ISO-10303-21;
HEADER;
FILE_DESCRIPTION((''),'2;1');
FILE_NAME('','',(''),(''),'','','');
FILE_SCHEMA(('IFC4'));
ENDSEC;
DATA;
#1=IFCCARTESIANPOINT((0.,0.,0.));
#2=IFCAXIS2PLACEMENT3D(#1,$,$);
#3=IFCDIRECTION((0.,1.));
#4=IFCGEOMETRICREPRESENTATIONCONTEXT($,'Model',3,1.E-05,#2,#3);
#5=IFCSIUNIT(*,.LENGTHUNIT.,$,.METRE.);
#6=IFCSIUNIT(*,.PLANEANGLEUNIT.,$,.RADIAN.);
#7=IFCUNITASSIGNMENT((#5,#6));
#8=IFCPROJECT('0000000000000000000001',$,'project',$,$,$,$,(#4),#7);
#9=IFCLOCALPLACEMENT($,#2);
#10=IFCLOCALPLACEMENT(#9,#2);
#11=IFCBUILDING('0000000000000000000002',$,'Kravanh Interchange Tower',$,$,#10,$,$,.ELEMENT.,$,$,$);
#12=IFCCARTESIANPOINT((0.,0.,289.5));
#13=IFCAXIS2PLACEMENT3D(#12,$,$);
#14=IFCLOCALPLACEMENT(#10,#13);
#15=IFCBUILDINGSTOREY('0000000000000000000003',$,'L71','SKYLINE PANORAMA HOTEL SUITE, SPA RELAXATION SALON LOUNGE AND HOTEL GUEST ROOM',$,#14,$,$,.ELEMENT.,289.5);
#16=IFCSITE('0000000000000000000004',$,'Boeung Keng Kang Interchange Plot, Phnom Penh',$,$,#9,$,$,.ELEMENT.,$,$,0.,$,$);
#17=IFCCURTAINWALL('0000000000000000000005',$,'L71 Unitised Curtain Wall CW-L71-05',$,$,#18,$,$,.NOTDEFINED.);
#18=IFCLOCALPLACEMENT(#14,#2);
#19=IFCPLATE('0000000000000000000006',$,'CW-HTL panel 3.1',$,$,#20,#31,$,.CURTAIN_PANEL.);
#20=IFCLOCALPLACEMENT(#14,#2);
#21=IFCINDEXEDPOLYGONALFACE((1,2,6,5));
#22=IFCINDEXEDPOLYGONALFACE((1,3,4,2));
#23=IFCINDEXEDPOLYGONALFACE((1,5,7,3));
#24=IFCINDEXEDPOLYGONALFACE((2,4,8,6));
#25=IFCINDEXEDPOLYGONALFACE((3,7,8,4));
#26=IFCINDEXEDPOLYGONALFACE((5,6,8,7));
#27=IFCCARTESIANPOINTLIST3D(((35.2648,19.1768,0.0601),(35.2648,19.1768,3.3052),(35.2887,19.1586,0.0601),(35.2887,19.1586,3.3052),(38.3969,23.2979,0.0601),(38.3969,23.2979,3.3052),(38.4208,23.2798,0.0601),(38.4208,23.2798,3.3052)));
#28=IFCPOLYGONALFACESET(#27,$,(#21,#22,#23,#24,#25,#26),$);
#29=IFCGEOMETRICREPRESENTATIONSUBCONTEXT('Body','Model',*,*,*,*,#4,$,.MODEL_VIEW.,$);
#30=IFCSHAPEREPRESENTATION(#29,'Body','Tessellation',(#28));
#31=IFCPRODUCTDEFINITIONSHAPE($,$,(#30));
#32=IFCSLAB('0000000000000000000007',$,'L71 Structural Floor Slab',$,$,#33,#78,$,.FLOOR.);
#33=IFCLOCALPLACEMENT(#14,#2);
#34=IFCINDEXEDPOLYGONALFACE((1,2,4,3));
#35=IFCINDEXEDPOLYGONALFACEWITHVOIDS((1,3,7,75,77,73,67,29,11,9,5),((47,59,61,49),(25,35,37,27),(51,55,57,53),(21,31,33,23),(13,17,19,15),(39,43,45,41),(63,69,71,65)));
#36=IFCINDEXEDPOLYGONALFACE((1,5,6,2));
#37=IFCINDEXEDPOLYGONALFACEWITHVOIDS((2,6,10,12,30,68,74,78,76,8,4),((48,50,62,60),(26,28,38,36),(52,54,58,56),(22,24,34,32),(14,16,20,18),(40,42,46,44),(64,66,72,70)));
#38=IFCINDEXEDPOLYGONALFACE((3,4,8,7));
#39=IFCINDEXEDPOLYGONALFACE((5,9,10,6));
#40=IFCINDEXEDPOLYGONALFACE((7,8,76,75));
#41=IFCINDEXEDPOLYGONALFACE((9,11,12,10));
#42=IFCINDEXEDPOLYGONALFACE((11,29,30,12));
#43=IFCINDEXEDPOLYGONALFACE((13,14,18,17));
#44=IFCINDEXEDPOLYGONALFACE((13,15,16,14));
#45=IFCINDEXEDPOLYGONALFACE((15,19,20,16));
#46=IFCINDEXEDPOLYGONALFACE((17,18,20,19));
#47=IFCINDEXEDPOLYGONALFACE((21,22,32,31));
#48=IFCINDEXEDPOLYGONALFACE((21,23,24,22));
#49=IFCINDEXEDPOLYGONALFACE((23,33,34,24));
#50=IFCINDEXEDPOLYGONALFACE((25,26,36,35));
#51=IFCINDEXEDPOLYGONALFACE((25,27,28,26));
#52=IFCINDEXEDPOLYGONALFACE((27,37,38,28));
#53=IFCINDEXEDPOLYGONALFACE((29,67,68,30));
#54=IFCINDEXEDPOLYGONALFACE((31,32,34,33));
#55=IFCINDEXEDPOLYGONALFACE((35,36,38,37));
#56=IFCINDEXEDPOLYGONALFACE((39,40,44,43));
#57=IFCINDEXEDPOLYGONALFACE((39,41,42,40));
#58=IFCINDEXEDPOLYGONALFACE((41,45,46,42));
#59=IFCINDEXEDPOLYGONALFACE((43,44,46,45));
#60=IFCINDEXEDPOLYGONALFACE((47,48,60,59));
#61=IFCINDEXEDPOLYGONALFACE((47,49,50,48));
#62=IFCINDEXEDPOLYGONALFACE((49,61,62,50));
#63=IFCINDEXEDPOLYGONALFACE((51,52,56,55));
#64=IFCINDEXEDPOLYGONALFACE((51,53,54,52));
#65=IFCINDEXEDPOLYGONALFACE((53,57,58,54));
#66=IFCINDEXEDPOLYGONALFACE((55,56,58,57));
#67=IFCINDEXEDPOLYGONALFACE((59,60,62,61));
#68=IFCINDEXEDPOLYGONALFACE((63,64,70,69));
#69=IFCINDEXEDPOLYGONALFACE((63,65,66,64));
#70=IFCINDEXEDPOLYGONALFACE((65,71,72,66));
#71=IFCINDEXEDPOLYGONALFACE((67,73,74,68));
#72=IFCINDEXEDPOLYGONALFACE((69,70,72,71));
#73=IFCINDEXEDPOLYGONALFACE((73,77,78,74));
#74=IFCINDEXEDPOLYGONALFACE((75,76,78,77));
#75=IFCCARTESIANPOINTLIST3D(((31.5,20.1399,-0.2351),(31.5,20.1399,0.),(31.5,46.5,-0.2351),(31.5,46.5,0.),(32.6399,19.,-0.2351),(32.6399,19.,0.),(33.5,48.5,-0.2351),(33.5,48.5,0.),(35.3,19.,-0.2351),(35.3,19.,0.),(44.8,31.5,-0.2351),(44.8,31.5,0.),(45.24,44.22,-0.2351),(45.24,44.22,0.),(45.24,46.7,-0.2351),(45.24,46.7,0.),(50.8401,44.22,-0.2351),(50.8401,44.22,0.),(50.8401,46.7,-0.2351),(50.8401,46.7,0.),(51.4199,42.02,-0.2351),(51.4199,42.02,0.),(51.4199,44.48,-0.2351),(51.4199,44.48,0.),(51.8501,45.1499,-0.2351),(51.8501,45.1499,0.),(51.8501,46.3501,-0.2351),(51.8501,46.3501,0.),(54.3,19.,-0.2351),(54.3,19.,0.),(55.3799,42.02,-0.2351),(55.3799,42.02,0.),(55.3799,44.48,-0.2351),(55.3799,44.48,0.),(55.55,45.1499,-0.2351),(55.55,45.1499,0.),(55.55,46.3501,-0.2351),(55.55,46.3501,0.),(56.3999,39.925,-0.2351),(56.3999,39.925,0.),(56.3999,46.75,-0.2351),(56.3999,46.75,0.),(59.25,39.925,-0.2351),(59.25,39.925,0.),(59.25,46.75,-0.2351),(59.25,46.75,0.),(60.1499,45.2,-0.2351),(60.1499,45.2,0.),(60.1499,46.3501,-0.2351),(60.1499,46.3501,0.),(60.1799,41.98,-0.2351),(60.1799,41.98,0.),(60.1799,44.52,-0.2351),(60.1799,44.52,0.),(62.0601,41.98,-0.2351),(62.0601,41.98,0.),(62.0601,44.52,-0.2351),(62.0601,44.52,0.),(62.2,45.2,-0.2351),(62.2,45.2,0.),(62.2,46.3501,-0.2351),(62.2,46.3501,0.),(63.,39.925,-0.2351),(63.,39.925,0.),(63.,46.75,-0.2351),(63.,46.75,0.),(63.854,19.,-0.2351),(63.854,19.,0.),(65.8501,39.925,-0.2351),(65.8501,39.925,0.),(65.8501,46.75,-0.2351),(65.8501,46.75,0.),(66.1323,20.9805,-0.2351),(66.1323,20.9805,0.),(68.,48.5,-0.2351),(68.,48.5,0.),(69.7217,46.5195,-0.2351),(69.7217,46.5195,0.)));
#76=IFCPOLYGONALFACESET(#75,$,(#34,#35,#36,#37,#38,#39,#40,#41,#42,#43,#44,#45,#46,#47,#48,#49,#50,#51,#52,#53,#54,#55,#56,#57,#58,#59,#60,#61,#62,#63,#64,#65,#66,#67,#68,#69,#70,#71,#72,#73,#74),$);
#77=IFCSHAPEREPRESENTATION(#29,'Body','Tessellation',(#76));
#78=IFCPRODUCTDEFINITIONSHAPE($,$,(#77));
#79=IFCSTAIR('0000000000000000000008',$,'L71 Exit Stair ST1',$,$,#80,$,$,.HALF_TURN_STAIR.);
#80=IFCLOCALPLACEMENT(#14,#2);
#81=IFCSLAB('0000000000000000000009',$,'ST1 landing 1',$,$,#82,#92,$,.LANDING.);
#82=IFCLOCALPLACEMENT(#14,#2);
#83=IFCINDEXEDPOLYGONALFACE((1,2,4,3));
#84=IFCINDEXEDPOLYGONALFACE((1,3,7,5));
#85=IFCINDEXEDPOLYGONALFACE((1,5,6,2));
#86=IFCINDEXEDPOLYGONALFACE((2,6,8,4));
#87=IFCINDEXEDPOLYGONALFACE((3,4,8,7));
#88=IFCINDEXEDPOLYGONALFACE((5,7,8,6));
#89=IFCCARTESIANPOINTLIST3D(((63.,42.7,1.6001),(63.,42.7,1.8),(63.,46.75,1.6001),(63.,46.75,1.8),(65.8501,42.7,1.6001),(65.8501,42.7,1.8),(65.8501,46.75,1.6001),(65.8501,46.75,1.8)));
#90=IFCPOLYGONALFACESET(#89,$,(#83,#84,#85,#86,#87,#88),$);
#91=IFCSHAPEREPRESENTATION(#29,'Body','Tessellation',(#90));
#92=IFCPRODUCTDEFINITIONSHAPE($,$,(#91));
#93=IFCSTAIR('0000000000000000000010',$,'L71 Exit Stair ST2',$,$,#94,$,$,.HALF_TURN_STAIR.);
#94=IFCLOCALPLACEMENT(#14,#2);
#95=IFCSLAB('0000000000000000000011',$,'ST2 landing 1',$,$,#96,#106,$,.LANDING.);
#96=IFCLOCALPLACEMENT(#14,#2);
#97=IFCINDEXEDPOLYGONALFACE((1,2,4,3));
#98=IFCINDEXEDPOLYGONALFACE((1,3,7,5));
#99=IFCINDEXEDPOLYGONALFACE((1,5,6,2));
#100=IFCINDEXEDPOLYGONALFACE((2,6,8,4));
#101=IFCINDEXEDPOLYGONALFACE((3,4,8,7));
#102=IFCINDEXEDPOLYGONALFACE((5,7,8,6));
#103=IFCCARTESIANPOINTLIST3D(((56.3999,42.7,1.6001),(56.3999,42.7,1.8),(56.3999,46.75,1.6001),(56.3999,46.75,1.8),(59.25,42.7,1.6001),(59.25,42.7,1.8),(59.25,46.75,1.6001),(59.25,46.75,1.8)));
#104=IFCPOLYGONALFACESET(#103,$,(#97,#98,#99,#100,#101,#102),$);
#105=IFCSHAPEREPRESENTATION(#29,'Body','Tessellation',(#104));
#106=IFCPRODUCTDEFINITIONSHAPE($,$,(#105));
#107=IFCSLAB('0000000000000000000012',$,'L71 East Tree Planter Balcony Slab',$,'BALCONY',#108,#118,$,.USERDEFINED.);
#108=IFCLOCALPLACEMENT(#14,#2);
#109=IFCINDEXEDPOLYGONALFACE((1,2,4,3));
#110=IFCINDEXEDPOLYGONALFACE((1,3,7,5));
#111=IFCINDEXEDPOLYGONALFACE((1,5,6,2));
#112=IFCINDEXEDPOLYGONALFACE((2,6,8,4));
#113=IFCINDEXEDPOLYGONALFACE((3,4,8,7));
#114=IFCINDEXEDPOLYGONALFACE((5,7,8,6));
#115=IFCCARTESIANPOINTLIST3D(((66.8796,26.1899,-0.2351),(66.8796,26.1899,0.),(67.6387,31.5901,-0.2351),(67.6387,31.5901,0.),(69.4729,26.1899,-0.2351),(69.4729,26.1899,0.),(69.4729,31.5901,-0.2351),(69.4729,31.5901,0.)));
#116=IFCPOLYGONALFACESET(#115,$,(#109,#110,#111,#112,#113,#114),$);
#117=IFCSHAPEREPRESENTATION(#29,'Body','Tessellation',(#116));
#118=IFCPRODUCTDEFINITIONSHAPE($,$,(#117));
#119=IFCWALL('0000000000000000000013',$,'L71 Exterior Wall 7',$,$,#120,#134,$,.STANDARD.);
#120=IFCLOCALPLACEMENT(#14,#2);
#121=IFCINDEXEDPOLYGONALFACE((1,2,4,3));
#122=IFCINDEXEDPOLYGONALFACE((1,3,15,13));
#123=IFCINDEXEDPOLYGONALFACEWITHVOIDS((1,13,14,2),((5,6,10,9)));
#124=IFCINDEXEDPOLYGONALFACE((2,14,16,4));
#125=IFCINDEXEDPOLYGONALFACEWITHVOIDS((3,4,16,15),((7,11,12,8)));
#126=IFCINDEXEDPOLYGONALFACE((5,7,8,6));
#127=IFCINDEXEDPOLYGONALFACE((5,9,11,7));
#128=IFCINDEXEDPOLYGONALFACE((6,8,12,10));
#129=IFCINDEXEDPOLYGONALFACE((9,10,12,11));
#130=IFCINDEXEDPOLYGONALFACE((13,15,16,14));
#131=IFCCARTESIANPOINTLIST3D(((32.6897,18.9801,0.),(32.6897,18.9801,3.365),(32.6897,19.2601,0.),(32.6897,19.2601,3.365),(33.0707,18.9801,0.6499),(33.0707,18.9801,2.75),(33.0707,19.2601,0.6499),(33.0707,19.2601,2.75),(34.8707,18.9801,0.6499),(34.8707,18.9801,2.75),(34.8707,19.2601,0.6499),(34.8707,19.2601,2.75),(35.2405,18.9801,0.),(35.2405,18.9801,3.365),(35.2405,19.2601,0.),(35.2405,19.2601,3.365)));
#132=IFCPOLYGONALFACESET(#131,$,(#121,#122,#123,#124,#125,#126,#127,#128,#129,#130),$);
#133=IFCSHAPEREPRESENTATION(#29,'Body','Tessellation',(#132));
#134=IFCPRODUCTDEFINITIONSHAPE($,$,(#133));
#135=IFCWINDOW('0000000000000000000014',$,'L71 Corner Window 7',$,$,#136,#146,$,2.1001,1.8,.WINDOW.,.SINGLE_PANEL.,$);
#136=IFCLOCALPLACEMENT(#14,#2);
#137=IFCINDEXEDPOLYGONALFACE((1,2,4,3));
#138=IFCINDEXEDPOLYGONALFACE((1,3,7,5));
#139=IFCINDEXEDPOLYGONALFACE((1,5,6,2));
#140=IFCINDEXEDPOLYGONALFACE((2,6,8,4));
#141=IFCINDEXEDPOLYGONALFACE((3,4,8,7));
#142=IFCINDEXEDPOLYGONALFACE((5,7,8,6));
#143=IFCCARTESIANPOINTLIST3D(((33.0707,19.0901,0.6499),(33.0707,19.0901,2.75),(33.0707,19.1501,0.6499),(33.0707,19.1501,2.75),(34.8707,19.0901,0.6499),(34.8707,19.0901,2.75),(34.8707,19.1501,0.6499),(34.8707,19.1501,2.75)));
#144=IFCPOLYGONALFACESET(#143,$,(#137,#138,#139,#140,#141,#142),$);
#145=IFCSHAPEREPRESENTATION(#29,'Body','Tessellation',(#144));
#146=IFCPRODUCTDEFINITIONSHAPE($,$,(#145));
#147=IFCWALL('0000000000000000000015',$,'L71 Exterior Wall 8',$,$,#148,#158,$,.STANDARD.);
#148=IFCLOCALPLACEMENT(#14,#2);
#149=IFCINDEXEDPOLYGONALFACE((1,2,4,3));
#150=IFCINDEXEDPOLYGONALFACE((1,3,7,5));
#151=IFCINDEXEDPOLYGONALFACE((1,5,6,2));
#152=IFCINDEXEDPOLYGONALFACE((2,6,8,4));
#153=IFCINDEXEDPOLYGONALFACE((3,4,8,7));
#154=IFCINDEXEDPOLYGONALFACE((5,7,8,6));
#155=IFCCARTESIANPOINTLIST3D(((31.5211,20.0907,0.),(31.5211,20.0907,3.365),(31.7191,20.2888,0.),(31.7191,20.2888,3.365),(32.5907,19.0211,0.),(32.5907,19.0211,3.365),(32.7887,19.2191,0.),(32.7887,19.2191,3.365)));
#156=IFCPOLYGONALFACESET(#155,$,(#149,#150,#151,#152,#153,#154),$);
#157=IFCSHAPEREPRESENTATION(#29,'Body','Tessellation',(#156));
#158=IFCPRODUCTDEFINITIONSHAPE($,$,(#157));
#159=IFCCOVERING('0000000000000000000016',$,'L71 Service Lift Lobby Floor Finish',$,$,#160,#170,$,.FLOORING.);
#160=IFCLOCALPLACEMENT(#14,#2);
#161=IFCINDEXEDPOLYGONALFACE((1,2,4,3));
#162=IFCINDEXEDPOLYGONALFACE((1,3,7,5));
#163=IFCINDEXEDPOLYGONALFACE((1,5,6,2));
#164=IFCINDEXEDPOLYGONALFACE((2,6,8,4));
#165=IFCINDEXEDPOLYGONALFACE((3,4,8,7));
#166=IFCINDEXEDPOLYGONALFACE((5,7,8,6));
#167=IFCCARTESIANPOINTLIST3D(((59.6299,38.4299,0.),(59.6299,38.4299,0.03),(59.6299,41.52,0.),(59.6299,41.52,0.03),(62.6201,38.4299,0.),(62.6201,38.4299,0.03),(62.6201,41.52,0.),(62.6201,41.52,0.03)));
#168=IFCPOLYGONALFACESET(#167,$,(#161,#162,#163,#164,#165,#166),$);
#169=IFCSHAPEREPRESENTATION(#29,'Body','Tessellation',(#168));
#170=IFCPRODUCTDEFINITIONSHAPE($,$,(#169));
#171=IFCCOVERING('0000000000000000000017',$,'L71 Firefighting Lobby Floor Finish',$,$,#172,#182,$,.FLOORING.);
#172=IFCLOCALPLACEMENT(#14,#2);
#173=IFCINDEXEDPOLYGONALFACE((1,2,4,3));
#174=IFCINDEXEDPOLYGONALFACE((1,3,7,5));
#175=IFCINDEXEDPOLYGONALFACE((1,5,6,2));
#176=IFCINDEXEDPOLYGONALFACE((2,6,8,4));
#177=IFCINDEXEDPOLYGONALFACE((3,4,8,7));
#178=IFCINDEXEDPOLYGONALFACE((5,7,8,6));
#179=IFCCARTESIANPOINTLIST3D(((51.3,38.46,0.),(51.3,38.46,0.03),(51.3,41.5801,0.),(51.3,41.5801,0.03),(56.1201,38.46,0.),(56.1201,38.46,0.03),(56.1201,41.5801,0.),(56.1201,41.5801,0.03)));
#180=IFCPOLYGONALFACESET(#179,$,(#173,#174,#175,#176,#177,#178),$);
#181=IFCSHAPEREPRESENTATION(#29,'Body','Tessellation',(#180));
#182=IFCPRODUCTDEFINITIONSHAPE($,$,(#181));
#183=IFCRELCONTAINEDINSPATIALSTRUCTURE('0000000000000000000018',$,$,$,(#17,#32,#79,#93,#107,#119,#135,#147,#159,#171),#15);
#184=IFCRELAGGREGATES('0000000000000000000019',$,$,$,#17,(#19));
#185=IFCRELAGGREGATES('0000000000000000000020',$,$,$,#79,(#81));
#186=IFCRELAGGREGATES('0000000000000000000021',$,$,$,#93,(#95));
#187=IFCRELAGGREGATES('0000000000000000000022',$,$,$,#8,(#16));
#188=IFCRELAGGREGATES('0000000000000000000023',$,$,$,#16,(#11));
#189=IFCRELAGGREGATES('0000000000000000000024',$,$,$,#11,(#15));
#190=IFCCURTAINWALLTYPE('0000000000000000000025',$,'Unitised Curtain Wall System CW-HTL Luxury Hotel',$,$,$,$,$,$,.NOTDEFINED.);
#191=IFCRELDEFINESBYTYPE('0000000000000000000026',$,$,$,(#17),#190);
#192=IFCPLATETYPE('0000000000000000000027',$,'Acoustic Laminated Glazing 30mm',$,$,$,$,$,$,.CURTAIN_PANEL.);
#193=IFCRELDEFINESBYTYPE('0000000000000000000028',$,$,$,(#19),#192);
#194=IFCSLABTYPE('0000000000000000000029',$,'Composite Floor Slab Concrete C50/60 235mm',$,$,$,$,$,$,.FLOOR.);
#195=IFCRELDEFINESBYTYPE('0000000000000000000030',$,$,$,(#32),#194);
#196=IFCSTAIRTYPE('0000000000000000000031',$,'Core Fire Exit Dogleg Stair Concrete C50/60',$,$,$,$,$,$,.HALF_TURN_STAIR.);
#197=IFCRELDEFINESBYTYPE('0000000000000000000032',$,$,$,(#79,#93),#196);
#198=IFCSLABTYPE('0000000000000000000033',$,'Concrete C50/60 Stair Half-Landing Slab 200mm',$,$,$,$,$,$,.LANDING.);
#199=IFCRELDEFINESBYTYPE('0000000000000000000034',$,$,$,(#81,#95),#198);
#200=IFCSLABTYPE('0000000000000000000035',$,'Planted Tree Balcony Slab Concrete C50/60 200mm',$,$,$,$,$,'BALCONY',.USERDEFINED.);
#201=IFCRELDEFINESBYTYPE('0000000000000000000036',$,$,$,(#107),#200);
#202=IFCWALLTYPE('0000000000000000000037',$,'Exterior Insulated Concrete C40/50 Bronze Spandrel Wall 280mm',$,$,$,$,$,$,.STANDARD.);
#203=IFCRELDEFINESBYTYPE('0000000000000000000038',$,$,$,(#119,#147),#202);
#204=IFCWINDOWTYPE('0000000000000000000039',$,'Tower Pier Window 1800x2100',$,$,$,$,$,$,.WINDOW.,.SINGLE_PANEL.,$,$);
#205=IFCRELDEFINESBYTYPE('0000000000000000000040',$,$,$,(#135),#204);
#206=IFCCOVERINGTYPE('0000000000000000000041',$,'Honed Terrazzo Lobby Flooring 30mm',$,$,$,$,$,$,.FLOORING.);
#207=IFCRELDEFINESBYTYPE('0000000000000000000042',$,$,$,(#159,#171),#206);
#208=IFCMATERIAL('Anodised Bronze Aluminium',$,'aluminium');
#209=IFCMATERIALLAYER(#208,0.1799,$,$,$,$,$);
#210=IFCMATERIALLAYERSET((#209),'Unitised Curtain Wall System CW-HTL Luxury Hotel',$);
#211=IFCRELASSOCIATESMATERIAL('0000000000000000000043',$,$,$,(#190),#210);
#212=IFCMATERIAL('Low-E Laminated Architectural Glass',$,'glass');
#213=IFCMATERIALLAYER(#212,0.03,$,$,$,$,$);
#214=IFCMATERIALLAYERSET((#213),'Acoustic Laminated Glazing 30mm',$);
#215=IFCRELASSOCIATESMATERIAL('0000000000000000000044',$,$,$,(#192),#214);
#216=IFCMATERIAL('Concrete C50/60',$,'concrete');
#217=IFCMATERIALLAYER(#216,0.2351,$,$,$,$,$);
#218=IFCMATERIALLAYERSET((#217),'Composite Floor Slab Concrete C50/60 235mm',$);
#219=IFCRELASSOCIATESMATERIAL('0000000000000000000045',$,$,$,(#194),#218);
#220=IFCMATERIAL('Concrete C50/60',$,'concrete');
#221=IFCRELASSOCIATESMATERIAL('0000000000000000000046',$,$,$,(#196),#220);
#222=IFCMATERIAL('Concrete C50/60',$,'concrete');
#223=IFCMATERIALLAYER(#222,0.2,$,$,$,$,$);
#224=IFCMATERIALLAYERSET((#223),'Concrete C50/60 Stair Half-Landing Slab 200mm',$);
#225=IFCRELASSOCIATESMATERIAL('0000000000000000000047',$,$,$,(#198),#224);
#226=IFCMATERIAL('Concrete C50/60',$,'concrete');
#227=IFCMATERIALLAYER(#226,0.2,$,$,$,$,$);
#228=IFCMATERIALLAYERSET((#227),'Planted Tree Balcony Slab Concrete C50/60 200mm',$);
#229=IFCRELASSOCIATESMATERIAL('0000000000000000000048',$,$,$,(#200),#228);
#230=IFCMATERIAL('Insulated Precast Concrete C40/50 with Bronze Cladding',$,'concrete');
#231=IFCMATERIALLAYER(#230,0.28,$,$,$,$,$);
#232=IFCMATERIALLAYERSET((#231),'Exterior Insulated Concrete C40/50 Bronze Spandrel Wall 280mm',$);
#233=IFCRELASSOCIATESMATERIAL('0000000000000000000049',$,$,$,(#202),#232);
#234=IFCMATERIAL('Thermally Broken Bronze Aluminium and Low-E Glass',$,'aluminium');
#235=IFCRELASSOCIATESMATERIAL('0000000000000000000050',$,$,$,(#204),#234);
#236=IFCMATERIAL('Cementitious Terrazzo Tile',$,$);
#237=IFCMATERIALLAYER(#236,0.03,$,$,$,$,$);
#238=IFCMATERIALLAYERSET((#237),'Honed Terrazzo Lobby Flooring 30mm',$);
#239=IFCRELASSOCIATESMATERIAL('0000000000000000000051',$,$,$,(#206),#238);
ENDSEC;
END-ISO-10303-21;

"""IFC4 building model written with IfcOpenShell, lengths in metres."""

from ifc_helpers import new_model, si_unit, direction, frame, frame_2d, origin, origin_2d, place, context, subcontext, project, spatial, polyline, rectangle, outline, extrude, material, layer, layer_set, type_object, element, fill, aggregate, save


model = new_model("IFC4")

# Units and contexts
model_context = context("Model", 3, precision=1e-05, world=origin(), true_north=direction((0.0, 1.0)))
body_context = subcontext(model_context, "Body", "Model", "MODEL_VIEW")
ifc_project = project(units=[si_unit("LENGTHUNIT", "METRE"), si_unit("PLANEANGLEUNIT", "RADIAN")], contexts=[model_context])

# Site, building, storey
site_placement = place(None, origin())
site = spatial("IfcSite", under=ifc_project, at=site_placement, Name="Boeung Keng Kang Interchange Plot, Phnom Penh", CompositionType="ELEMENT", RefElevation=0.0)
building_placement = place(site_placement, origin())
building = spatial("IfcBuilding", under=site, at=building_placement, Name="Kravanh Interchange Tower", CompositionType="ELEMENT")
storey_placement = place(building_placement, frame((0.0, 0.0, 289.5)))
storey = spatial("IfcBuildingStorey", under=building, at=storey_placement, Name="L71", Description="SKYLINE PANORAMA HOTEL SUITE, SPA RELAXATION SALON LOUNGE AND HOTEL GUEST ROOM", CompositionType="ELEMENT", Elevation=289.5)

# Curtain wall
ifc_material_1 = material(Name="Anodised Bronze Aluminium", Category="aluminium")
ifc_layer_1 = layer(ifc_material_1, 0.1799)
ifc_layer_set_1 = layer_set([ifc_layer_1], Name="Unitised Curtain Wall System CW-HTL Luxury Hotel")
curtain_wall_type = type_object("IfcCurtainWallType", Name="Unitised Curtain Wall System CW-HTL Luxury Hotel", PredefinedType="NOTDEFINED", material=ifc_layer_set_1)
curtain_wall_1_placement = place(storey_placement, origin())
curtain_wall_1 = element("IfcCurtainWall", 1, at=curtain_wall_1_placement, inside=storey, type_object=curtain_wall_type, Name="L71 Unitised Curtain Wall CW-L71-05", PredefinedType="NOTDEFINED")

# Plate
ifc_material_2 = material(Name="Low-E Laminated Architectural Glass", Category="glass")
ifc_layer_2 = layer(ifc_material_2, 0.03)
ifc_layer_set_2 = layer_set([ifc_layer_2], Name="Acoustic Laminated Glazing 30mm")
plate_type = type_object("IfcPlateType", Name="Acoustic Laminated Glazing 30mm", PredefinedType="CURTAIN_PANEL", material=ifc_layer_set_2)
plate_1_placement = place(storey_placement, frame((36.8428, 21.2283, 0.0601), z_axis=(0.0, 0.0, 1.0), x_axis=(-0.605083, -0.796162, 0.0)))
plate_1 = element("IfcPlate", 2, at=plate_1_placement, type_object=plate_type, Name="CW-HTL panel 3.1", PredefinedType="CURTAIN_PANEL", context=body_context, shape_type="SweptSolid", body=[
    extrude(rectangle(XDim=5.1763, YDim=0.03, at=origin_2d()), origin(), (0.0, 0.0, 1.0), 3.2451),
])
aggregate(curtain_wall_1, [plate_1])

# Slab
ifc_material_3 = material(Name="Concrete C50/60", Category="concrete")
ifc_layer_3 = layer(ifc_material_3, 0.2351)
ifc_layer_set_3 = layer_set([ifc_layer_3], Name="Composite Floor Slab Concrete C50/60 235mm")
slab_type_1 = type_object("IfcSlabType", Name="Composite Floor Slab Concrete C50/60 235mm", PredefinedType="FLOOR", material=ifc_layer_set_3)
slab_1_placement = place(storey_placement, frame((0.0, 0.0, -0.2351)))
element("IfcSlab", 3, at=slab_1_placement, inside=storey, type_object=slab_type_1, Name="L71 Structural Floor Slab", PredefinedType="FLOOR", context=body_context, shape_type="SweptSolid", body=[
    extrude(outline(polyline([(31.5, 20.1399), (32.6399, 19.0), (35.3, 19.0), (44.8, 31.5), (54.3, 19.0), (63.854, 19.0), (66.1323, 20.9805), (69.7217, 46.5195), (68.0, 48.5), (33.5, 48.5), (31.5, 46.5), (31.5, 20.1399)]), holes=[polyline([(65.8501, 39.925), (65.8501, 46.75), (63.0, 46.75), (63.0, 39.925), (65.8501, 39.925)]), polyline([(59.25, 39.925), (59.25, 46.75), (56.3999, 46.75), (56.3999, 39.925), (59.25, 39.925)]), polyline([(45.24, 44.22), (50.8401, 44.22), (50.8401, 46.7), (45.24, 46.7), (45.24, 44.22)]), polyline([(51.4199, 42.02), (55.3799, 42.02), (55.3799, 44.48), (51.4199, 44.48), (51.4199, 42.02)]), polyline([(60.1799, 41.98), (62.0601, 41.98), (62.0601, 44.52), (60.1799, 44.52), (60.1799, 41.98)]), polyline([(60.1499, 45.2), (62.2, 45.2), (62.2, 46.3501), (60.1499, 46.3501), (60.1499, 45.2)]), polyline([(51.8501, 45.1499), (55.55, 45.1499), (55.55, 46.3501), (51.8501, 46.3501), (51.8501, 45.1499)])]), origin(), (0.0, 0.0, 1.0), 0.2351),
])

# Stairs, slabs
ifc_material_4 = material(Name="Concrete C50/60", Category="concrete")
stair_type = type_object("IfcStairType", Name="Core Fire Exit Dogleg Stair Concrete C50/60", PredefinedType="HALF_TURN_STAIR", material=ifc_material_4)
stair_1_placement = place(storey_placement, origin())
stair_1 = element("IfcStair", 4, at=stair_1_placement, inside=storey, type_object=stair_type, Name="L71 Exit Stair ST1", PredefinedType="HALF_TURN_STAIR")
ifc_material_5 = material(Name="Concrete C50/60", Category="concrete")
ifc_layer_4 = layer(ifc_material_5, 0.2)
ifc_layer_set_4 = layer_set([ifc_layer_4], Name="Concrete C50/60 Stair Half-Landing Slab 200mm")
slab_type_2 = type_object("IfcSlabType", Name="Concrete C50/60 Stair Half-Landing Slab 200mm", PredefinedType="LANDING", material=ifc_layer_set_4)
slab_2_placement = place(storey_placement, frame((0.0, 0.0, 1.6001)))
slab_2 = element("IfcSlab", 5, at=slab_2_placement, type_object=slab_type_2, Name="ST1 landing 1", PredefinedType="LANDING", context=body_context, shape_type="SweptSolid", body=[
    extrude(outline(polyline([(65.8501, 42.7), (65.8501, 46.75), (63.0, 46.75), (63.0, 42.7), (65.8501, 42.7)])), origin(), (0.0, 0.0, 1.0), 0.2),
])
aggregate(stair_1, [slab_2])
stair_2_placement = place(storey_placement, origin())
stair_2 = element("IfcStair", 6, at=stair_2_placement, inside=storey, type_object=stair_type, Name="L71 Exit Stair ST2", PredefinedType="HALF_TURN_STAIR")
slab_3_placement = place(storey_placement, frame((0.0, 0.0, 1.6001)))
slab_3 = element("IfcSlab", 7, at=slab_3_placement, type_object=slab_type_2, Name="ST2 landing 1", PredefinedType="LANDING", context=body_context, shape_type="SweptSolid", body=[
    extrude(outline(polyline([(59.25, 42.7), (59.25, 46.75), (56.3999, 46.75), (56.3999, 42.7), (59.25, 42.7)])), origin(), (0.0, 0.0, 1.0), 0.2),
])
aggregate(stair_2, [slab_3])

# Slab
ifc_material_6 = material(Name="Concrete C50/60", Category="concrete")
ifc_layer_5 = layer(ifc_material_6, 0.2)
ifc_layer_set_5 = layer_set([ifc_layer_5], Name="Planted Tree Balcony Slab Concrete C50/60 200mm")
slab_type_3 = type_object("IfcSlabType", Name="Planted Tree Balcony Slab Concrete C50/60 200mm", ElementType="BALCONY", PredefinedType="USERDEFINED", material=ifc_layer_set_5)
slab_4_placement = place(storey_placement, frame((0.0, 0.0, -0.2351)))
element("IfcSlab", 8, at=slab_4_placement, inside=storey, type_object=slab_type_3, Name="L71 East Tree Planter Balcony Slab", ObjectType="BALCONY", PredefinedType="USERDEFINED", context=body_context, shape_type="SweptSolid", body=[
    extrude(outline(polyline([(69.4729, 31.5901), (69.4729, 26.1899), (66.8796, 26.1899), (67.6387, 31.5901), (69.4729, 31.5901)])), origin(), (0.0, 0.0, 1.0), 0.2351),
])

# Wall, opening, window
ifc_material_7 = material(Name="Insulated Precast Concrete C40/50 with Bronze Cladding", Category="concrete")
ifc_layer_6 = layer(ifc_material_7, 0.28)
ifc_layer_set_6 = layer_set([ifc_layer_6], Name="Exterior Insulated Concrete C40/50 Bronze Spandrel Wall 280mm")
wall_type = type_object("IfcWallType", Name="Exterior Insulated Concrete C40/50 Bronze Spandrel Wall 280mm", PredefinedType="STANDARD", material=ifc_layer_set_6)
wall_1_placement = place(storey_placement, frame((35.2405, 19.1201, 0.0), z_axis=(0.0, 0.0, 1.0), x_axis=(-1.0, 0.0, 0.0)))
wall_1 = element("IfcWall", 9, at=wall_1_placement, inside=storey, type_object=wall_type, Name="L71 Exterior Wall 7", PredefinedType="STANDARD", context=body_context, shape_type="SweptSolid", body=[
    extrude(rectangle(XDim=2.5508, YDim=0.28, at=frame_2d((1.2754, 0.0))), origin(), (0.0, 0.0, 1.0), 3.365),
])
opening_placement = place(wall_1_placement, frame((0.3699, 0.0, 0.6499)))
opening = element("IfcOpeningElement", 10, at=opening_placement, cuts=wall_1, PredefinedType="OPENING", context=body_context, shape_type="SweptSolid", body=[
    extrude(rectangle(XDim=1.8, YDim=2.1001, at=frame_2d((0.8999, 1.05))), frame((0.0, 0.1499, 0.0), z_axis=(0.0, -1.0, 0.0), x_axis=(1.0, 0.0, 0.0)), (0.0, 0.0, 1.0), 0.3),
])
ifc_material_8 = material(Name="Thermally Broken Bronze Aluminium and Low-E Glass", Category="aluminium")
window_type = type_object("IfcWindowType", Name="Tower Pier Window 1800x2100", PartitioningType="SINGLE_PANEL", PredefinedType="WINDOW", material=ifc_material_8)
window_placement = place(opening_placement, origin())
window = element("IfcWindow", 11, at=window_placement, inside=storey, type_object=window_type, Name="L71 Corner Window 7", OverallHeight=2.1001, OverallWidth=1.8, PartitioningType="SINGLE_PANEL", PredefinedType="WINDOW", context=body_context, shape_type="SweptSolid", body=[
    extrude(rectangle(XDim=1.8, YDim=2.1001, at=frame_2d((0.8999, 1.05))), frame((0.0, 0.03, 0.0), z_axis=(0.0, -1.0, 0.0), x_axis=(1.0, 0.0, 0.0)), (0.0, 0.0, 1.0), 0.0601),
])
fill(opening, window)

# Wall
wall_2_placement = place(storey_placement, frame((32.6897, 19.1201, 0.0), z_axis=(0.0, 0.0, 1.0), x_axis=(-0.707107, 0.707107, 0.0)))
element("IfcWall", 12, at=wall_2_placement, inside=storey, type_object=wall_type, Name="L71 Exterior Wall 8", PredefinedType="STANDARD", context=body_context, shape_type="SweptSolid", body=[
    extrude(rectangle(XDim=1.5127, YDim=0.28, at=frame_2d((0.7563, 0.0))), origin(), (0.0, 0.0, 1.0), 3.365),
])

# Coverings
ifc_material_9 = material(Name="Cementitious Terrazzo Tile")
ifc_layer_7 = layer(ifc_material_9, 0.03)
ifc_layer_set_7 = layer_set([ifc_layer_7], Name="Honed Terrazzo Lobby Flooring 30mm")
covering_type_1 = type_object("IfcCoveringType", Name="Honed Terrazzo Lobby Flooring 30mm", PredefinedType="FLOORING", material=ifc_layer_set_7)
covering_1_placement = place(storey_placement, origin())
element("IfcCovering", 13, at=covering_1_placement, inside=storey, type_object=covering_type_1, Name="L71 Service Lift Lobby Floor Finish", PredefinedType="FLOORING", context=body_context, shape_type="SweptSolid", body=[
    extrude(outline(polyline([(59.6299, 41.52), (62.6201, 41.52), (62.6201, 38.4299), (59.6299, 38.4299), (59.6299, 41.52)])), origin(), (0.0, 0.0, 1.0), 0.03),
])
covering_2_placement = place(storey_placement, origin())
element("IfcCovering", 14, at=covering_2_placement, inside=storey, type_object=covering_type_1, Name="L71 Firefighting Lobby Floor Finish", PredefinedType="FLOORING", context=body_context, shape_type="SweptSolid", body=[
    extrude(outline(polyline([(56.1201, 38.46), (51.3, 38.46), (51.3, 41.5801), (56.1201, 41.5801), (56.1201, 38.46)])), origin(), (0.0, 0.0, 1.0), 0.03),
])

save(model, "model.ifc")
